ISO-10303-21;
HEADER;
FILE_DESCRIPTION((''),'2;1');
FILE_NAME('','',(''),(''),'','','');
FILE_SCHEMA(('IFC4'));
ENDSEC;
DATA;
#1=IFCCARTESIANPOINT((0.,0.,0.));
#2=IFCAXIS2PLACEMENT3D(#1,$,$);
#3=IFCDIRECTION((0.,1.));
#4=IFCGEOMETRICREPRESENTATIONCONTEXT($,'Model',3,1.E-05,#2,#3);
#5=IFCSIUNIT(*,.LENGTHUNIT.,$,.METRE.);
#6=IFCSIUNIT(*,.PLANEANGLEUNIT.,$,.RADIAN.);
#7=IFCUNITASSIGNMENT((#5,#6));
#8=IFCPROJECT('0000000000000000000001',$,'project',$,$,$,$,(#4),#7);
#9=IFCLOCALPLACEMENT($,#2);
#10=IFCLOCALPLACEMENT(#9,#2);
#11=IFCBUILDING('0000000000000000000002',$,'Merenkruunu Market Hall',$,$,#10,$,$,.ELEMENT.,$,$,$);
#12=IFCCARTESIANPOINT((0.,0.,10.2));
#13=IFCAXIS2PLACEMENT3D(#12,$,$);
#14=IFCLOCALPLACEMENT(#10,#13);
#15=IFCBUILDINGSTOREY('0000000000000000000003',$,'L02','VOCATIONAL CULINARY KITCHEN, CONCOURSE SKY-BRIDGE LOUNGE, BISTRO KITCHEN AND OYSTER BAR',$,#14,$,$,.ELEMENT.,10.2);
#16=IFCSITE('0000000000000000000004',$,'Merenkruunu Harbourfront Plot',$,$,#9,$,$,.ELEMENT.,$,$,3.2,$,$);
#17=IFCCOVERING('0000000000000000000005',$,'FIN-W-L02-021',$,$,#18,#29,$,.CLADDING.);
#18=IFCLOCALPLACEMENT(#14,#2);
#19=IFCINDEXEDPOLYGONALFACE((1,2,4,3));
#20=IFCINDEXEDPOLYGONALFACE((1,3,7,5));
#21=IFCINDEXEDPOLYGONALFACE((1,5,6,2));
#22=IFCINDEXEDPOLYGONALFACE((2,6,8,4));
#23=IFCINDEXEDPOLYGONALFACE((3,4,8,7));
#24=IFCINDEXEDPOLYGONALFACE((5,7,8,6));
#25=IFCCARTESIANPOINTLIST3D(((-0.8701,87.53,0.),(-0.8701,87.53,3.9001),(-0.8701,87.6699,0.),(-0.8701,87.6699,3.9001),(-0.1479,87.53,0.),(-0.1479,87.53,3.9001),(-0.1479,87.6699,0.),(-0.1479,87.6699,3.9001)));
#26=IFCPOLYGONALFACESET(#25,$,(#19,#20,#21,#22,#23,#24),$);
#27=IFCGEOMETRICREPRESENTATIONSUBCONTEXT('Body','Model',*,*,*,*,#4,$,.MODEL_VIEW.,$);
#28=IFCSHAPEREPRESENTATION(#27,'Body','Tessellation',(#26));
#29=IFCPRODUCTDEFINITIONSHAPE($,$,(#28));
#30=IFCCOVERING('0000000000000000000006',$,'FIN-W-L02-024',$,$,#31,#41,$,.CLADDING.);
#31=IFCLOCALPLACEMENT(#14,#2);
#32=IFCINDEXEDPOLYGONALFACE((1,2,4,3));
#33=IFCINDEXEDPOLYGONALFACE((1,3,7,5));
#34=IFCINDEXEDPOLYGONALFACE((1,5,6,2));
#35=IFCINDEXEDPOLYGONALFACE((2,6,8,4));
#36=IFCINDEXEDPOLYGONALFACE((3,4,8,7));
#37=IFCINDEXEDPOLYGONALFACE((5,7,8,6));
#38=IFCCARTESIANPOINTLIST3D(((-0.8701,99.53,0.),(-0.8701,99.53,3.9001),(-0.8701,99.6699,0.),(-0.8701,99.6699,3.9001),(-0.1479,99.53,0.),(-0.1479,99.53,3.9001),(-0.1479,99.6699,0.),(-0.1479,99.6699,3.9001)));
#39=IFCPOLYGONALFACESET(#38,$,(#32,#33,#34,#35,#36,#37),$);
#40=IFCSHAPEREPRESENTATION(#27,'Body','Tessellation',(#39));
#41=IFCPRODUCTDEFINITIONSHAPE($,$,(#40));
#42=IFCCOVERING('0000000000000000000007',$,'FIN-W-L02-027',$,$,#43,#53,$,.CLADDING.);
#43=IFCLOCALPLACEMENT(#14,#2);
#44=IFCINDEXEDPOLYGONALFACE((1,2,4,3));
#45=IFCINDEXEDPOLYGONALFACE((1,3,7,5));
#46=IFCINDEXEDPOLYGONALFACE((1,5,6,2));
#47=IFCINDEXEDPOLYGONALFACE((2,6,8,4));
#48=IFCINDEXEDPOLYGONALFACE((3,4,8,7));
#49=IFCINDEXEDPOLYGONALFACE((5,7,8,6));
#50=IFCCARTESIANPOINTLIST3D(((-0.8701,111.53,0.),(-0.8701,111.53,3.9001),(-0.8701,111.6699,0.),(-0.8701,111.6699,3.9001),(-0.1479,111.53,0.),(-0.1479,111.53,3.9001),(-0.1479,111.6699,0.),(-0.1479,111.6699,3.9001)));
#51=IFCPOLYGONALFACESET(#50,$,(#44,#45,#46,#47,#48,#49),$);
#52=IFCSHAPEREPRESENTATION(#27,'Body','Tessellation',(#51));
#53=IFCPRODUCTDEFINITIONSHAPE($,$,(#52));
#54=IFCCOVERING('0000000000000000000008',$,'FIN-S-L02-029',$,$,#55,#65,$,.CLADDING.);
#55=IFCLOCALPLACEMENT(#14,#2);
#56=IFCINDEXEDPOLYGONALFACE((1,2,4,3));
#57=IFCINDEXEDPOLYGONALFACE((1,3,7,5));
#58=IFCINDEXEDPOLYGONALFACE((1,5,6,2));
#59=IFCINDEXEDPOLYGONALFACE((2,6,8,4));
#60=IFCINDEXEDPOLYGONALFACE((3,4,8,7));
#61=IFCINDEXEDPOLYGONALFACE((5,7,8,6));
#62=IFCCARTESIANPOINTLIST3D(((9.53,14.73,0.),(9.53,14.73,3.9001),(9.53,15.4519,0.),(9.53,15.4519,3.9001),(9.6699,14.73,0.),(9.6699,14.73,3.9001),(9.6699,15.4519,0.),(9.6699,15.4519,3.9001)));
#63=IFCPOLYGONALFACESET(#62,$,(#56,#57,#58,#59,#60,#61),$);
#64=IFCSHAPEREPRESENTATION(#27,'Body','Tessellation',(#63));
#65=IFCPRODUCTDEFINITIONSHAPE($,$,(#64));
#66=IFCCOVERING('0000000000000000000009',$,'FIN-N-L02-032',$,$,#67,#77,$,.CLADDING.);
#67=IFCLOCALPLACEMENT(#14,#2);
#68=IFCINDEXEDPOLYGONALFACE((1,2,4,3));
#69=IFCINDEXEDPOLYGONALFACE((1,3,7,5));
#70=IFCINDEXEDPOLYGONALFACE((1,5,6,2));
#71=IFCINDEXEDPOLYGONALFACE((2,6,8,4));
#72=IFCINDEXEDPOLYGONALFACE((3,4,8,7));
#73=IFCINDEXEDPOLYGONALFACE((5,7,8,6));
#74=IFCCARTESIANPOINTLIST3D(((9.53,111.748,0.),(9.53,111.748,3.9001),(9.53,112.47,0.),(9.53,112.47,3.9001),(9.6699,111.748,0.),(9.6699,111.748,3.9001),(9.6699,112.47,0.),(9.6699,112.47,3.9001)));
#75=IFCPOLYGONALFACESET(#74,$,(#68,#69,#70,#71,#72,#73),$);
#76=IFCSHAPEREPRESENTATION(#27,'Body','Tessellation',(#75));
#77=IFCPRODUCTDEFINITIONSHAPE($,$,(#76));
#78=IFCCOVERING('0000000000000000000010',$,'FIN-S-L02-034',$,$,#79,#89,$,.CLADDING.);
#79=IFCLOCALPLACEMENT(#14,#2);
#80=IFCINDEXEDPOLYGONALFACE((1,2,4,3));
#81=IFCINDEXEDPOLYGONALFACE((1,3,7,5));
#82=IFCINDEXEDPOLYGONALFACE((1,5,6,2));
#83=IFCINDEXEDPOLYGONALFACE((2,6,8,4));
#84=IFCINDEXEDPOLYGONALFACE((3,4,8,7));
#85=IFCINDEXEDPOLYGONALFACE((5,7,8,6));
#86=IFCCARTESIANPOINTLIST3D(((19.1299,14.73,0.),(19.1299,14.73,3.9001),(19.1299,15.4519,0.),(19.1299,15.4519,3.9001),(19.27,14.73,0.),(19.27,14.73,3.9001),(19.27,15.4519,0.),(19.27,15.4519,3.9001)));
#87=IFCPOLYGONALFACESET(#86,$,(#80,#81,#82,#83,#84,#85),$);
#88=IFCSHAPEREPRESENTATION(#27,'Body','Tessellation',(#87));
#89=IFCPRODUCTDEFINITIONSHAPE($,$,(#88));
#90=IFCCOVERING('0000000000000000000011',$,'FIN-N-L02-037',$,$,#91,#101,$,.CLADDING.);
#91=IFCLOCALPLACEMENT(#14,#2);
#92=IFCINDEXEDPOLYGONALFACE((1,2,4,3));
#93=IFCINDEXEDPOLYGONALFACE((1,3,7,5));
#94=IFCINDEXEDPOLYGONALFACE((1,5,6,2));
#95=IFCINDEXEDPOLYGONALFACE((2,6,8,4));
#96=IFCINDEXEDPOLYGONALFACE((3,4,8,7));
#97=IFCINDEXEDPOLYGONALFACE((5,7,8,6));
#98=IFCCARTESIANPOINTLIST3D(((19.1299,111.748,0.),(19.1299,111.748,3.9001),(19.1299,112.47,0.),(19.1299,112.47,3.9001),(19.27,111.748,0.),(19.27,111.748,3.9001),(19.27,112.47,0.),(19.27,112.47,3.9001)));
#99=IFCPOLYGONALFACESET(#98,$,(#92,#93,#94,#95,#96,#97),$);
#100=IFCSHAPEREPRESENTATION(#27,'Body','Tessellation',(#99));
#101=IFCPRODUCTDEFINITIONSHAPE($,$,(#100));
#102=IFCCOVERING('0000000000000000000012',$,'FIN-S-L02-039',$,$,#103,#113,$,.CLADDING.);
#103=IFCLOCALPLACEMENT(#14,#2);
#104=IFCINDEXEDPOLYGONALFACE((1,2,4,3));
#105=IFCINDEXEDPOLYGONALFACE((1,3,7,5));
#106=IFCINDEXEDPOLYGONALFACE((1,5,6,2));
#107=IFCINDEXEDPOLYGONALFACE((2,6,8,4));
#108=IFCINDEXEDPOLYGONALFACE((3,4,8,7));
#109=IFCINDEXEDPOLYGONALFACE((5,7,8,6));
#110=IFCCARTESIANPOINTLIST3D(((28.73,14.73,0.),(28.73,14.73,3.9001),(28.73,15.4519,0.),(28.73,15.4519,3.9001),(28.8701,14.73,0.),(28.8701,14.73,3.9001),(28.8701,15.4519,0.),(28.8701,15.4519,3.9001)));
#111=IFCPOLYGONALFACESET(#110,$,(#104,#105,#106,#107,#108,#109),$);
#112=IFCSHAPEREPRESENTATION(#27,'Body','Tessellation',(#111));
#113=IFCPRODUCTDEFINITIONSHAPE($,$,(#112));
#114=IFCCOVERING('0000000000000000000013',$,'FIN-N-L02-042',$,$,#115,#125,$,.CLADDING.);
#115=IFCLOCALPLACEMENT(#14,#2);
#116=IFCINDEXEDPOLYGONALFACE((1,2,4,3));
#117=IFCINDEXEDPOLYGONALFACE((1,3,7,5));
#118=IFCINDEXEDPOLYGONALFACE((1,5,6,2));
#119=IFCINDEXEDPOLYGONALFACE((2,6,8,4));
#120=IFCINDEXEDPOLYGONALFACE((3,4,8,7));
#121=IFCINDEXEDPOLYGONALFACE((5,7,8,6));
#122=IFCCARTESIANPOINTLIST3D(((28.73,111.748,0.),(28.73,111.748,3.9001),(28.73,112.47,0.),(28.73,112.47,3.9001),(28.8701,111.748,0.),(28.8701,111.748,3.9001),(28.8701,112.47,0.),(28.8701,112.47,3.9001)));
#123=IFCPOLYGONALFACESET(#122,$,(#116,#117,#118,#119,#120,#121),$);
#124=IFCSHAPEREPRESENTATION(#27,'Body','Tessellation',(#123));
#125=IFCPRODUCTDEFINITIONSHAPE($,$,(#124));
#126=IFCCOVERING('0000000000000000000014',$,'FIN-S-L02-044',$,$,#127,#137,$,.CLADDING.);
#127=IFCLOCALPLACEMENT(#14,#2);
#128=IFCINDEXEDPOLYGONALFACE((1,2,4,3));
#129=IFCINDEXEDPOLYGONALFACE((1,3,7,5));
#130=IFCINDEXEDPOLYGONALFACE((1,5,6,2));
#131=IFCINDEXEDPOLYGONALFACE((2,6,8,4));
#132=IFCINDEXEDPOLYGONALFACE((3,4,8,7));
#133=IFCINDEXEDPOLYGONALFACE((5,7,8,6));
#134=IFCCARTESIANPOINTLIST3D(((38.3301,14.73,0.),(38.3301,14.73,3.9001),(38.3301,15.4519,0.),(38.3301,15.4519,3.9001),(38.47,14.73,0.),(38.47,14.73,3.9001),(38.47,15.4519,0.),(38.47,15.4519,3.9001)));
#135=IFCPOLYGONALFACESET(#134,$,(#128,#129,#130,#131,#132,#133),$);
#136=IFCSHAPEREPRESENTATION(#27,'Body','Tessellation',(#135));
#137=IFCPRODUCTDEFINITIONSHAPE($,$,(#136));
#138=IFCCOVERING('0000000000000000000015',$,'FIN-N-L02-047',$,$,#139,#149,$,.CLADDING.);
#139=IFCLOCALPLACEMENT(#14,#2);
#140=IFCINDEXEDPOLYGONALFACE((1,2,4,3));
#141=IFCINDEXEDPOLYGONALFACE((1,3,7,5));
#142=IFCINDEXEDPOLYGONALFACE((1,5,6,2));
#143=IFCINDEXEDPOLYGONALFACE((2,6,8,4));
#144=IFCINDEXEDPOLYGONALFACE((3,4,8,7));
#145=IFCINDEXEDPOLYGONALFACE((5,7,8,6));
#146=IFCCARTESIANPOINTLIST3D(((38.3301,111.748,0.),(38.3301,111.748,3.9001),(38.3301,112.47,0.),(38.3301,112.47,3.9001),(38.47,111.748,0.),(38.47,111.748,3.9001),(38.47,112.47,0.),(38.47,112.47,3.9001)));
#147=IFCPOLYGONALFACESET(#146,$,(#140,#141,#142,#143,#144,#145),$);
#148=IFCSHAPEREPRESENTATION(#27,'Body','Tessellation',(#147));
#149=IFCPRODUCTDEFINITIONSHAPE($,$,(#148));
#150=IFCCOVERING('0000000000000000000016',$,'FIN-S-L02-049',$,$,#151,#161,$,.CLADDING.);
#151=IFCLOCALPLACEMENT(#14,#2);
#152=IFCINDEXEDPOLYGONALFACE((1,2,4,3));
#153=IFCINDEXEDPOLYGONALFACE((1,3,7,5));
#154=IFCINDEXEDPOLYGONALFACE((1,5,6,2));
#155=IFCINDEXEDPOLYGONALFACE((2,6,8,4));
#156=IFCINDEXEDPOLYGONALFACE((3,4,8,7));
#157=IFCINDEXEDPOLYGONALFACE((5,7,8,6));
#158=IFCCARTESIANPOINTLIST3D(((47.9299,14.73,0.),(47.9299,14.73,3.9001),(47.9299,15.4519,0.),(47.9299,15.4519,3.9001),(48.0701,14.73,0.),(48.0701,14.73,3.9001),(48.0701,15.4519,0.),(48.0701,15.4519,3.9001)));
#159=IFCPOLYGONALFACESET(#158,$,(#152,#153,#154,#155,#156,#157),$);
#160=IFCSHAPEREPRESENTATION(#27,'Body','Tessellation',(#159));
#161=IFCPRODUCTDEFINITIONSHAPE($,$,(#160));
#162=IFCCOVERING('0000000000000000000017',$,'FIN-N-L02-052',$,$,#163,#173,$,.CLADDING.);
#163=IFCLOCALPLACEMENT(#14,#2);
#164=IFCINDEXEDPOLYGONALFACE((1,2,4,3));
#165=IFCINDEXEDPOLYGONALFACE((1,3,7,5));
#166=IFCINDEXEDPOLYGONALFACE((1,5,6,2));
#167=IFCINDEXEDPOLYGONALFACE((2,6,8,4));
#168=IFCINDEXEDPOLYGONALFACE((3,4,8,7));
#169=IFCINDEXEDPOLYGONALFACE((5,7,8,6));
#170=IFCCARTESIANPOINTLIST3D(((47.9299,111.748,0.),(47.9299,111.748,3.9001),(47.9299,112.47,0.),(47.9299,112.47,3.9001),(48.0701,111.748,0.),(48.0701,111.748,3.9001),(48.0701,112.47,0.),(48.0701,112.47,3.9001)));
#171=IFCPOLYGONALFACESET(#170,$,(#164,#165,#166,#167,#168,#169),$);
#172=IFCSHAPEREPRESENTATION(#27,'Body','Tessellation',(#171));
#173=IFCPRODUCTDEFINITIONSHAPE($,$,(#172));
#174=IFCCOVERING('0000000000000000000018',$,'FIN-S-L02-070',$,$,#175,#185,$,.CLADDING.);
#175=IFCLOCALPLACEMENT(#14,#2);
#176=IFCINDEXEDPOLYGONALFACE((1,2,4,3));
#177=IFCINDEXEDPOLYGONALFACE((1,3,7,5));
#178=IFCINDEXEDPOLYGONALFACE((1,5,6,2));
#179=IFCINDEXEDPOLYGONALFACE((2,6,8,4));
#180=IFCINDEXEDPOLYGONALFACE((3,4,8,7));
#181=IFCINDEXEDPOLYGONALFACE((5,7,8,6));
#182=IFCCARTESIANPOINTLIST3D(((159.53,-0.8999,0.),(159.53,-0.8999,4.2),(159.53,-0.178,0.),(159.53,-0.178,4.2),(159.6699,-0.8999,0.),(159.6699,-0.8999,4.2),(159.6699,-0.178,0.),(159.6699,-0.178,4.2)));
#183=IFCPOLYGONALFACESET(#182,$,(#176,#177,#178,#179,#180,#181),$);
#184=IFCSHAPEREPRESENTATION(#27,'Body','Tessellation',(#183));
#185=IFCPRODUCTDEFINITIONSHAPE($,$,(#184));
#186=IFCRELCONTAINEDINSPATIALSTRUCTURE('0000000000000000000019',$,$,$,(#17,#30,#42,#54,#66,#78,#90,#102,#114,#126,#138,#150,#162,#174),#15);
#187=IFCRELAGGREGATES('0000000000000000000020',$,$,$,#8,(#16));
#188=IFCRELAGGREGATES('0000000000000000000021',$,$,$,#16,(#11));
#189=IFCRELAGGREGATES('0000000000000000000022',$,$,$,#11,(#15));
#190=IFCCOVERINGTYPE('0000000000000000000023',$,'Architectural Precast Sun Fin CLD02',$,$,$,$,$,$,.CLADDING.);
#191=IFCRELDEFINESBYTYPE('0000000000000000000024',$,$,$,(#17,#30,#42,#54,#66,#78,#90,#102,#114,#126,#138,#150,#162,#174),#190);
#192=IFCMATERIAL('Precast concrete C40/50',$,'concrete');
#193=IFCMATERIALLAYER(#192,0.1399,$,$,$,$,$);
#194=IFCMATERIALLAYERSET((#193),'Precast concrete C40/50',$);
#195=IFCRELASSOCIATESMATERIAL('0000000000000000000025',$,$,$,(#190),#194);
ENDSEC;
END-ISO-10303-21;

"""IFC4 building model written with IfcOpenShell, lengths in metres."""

from ifc_helpers import new_model, si_unit, direction, frame, origin, place, context, subcontext, project, spatial, polyline, outline, extrude, material, layer, layer_set, type_object, element, save


model = new_model("IFC4")

# Units and contexts
model_context = context("Model", 3, precision=1e-05, world=origin(), true_north=direction((0.0, 1.0)))
body_context = subcontext(model_context, "Body", "Model", "MODEL_VIEW")
ifc_project = project(units=[si_unit("LENGTHUNIT", "METRE"), si_unit("PLANEANGLEUNIT", "RADIAN")], contexts=[model_context])

# Site, building, storey
site_placement = place(None, origin())
site = spatial("IfcSite", under=ifc_project, at=site_placement, Name="Merenkruunu Harbourfront Plot", CompositionType="ELEMENT", RefElevation=3.2)
building_placement = place(site_placement, origin())
building = spatial("IfcBuilding", under=site, at=building_placement, Name="Merenkruunu Market Hall", CompositionType="ELEMENT")
storey_placement = place(building_placement, frame((0.0, 0.0, 10.2)))
storey = spatial("IfcBuildingStorey", under=building, at=storey_placement, Name="L02", Description="VOCATIONAL CULINARY KITCHEN, CONCOURSE SKY-BRIDGE LOUNGE, BISTRO KITCHEN AND OYSTER BAR", CompositionType="ELEMENT", Elevation=10.2)

# Shared definitions
ifc_material_1 = material(Name="Precast concrete C40/50", Category="concrete")

# Coverings
ifc_layer_1 = layer(ifc_material_1, 0.1399)
ifc_layer_set_1 = layer_set([ifc_layer_1], Name="Precast concrete C40/50")
covering_type = type_object("IfcCoveringType", Name="Architectural Precast Sun Fin CLD02", PredefinedType="CLADDING", material=ifc_layer_set_1)
covering_1_placement = place(storey_placement, origin())
element("IfcCovering", 1, at=covering_1_placement, inside=storey, type_object=covering_type, Name="FIN-W-L02-021", PredefinedType="CLADDING", context=body_context, shape_type="SweptSolid", body=[
    extrude(outline(polyline([(-0.8701, 87.53), (-0.1479, 87.53), (-0.1479, 87.6699), (-0.8701, 87.6699), (-0.8701, 87.53)])), origin(), (0.0, 0.0, 1.0), 3.9001),
])
covering_2_placement = place(storey_placement, origin())
element("IfcCovering", 2, at=covering_2_placement, inside=storey, type_object=covering_type, Name="FIN-W-L02-024", PredefinedType="CLADDING", context=body_context, shape_type="SweptSolid", body=[
    extrude(outline(polyline([(-0.8701, 99.53), (-0.1479, 99.53), (-0.1479, 99.6699), (-0.8701, 99.6699), (-0.8701, 99.53)])), origin(), (0.0, 0.0, 1.0), 3.9001),
])
covering_3_placement = place(storey_placement, origin())
element("IfcCovering", 3, at=covering_3_placement, inside=storey, type_object=covering_type, Name="FIN-W-L02-027", PredefinedType="CLADDING", context=body_context, shape_type="SweptSolid", body=[
    extrude(outline(polyline([(-0.8701, 111.53), (-0.1479, 111.53), (-0.1479, 111.6699), (-0.8701, 111.6699), (-0.8701, 111.53)])), origin(), (0.0, 0.0, 1.0), 3.9001),
])
covering_4_placement = place(storey_placement, origin())
element("IfcCovering", 4, at=covering_4_placement, inside=storey, type_object=covering_type, Name="FIN-S-L02-029", PredefinedType="CLADDING", context=body_context, shape_type="SweptSolid", body=[
    extrude(outline(polyline([(9.53, 14.73), (9.6699, 14.73), (9.6699, 15.4519), (9.53, 15.4519), (9.53, 14.73)])), origin(), (0.0, 0.0, 1.0), 3.9001),
])
covering_5_placement = place(storey_placement, origin())
element("IfcCovering", 5, at=covering_5_placement, inside=storey, type_object=covering_type, Name="FIN-N-L02-032", PredefinedType="CLADDING", context=body_context, shape_type="SweptSolid", body=[
    extrude(outline(polyline([(9.53, 111.748), (9.6699, 111.748), (9.6699, 112.47), (9.53, 112.47), (9.53, 111.748)])), origin(), (0.0, 0.0, 1.0), 3.9001),
])
covering_6_placement = place(storey_placement, origin())
element("IfcCovering", 6, at=covering_6_placement, inside=storey, type_object=covering_type, Name="FIN-S-L02-034", PredefinedType="CLADDING", context=body_context, shape_type="SweptSolid", body=[
    extrude(outline(polyline([(19.1299, 14.73), (19.27, 14.73), (19.27, 15.4519), (19.1299, 15.4519), (19.1299, 14.73)])), origin(), (0.0, 0.0, 1.0), 3.9001),
])
covering_7_placement = place(storey_placement, origin())
element("IfcCovering", 7, at=covering_7_placement, inside=storey, type_object=covering_type, Name="FIN-N-L02-037", PredefinedType="CLADDING", context=body_context, shape_type="SweptSolid", body=[
    extrude(outline(polyline([(19.1299, 111.748), (19.27, 111.748), (19.27, 112.47), (19.1299, 112.47), (19.1299, 111.748)])), origin(), (0.0, 0.0, 1.0), 3.9001),
])
covering_8_placement = place(storey_placement, origin())
element("IfcCovering", 8, at=covering_8_placement, inside=storey, type_object=covering_type, Name="FIN-S-L02-039", PredefinedType="CLADDING", context=body_context, shape_type="SweptSolid", body=[
    extrude(outline(polyline([(28.73, 14.73), (28.8701, 14.73), (28.8701, 15.4519), (28.73, 15.4519), (28.73, 14.73)])), origin(), (0.0, 0.0, 1.0), 3.9001),
])
covering_9_placement = place(storey_placement, origin())
element("IfcCovering", 9, at=covering_9_placement, inside=storey, type_object=covering_type, Name="FIN-N-L02-042", PredefinedType="CLADDING", context=body_context, shape_type="SweptSolid", body=[
    extrude(outline(polyline([(28.73, 111.748), (28.8701, 111.748), (28.8701, 112.47), (28.73, 112.47), (28.73, 111.748)])), origin(), (0.0, 0.0, 1.0), 3.9001),
])
covering_10_placement = place(storey_placement, origin())
element("IfcCovering", 10, at=covering_10_placement, inside=storey, type_object=covering_type, Name="FIN-S-L02-044", PredefinedType="CLADDING", context=body_context, shape_type="SweptSolid", body=[
    extrude(outline(polyline([(38.3301, 14.73), (38.47, 14.73), (38.47, 15.4519), (38.3301, 15.4519), (38.3301, 14.73)])), origin(), (0.0, 0.0, 1.0), 3.9001),
])
covering_11_placement = place(storey_placement, origin())
element("IfcCovering", 11, at=covering_11_placement, inside=storey, type_object=covering_type, Name="FIN-N-L02-047", PredefinedType="CLADDING", context=body_context, shape_type="SweptSolid", body=[
    extrude(outline(polyline([(38.3301, 111.748), (38.47, 111.748), (38.47, 112.47), (38.3301, 112.47), (38.3301, 111.748)])), origin(), (0.0, 0.0, 1.0), 3.9001),
])
covering_12_placement = place(storey_placement, origin())
element("IfcCovering", 12, at=covering_12_placement, inside=storey, type_object=covering_type, Name="FIN-S-L02-049", PredefinedType="CLADDING", context=body_context, shape_type="SweptSolid", body=[
    extrude(outline(polyline([(47.9299, 14.73), (48.0701, 14.73), (48.0701, 15.4519), (47.9299, 15.4519), (47.9299, 14.73)])), origin(), (0.0, 0.0, 1.0), 3.9001),
])
covering_13_placement = place(storey_placement, origin())
element("IfcCovering", 13, at=covering_13_placement, inside=storey, type_object=covering_type, Name="FIN-N-L02-052", PredefinedType="CLADDING", context=body_context, shape_type="SweptSolid", body=[
    extrude(outline(polyline([(47.9299, 111.748), (48.0701, 111.748), (48.0701, 112.47), (47.9299, 112.47), (47.9299, 111.748)])), origin(), (0.0, 0.0, 1.0), 3.9001),
])
covering_14_placement = place(storey_placement, origin())
element("IfcCovering", 14, at=covering_14_placement, inside=storey, type_object=covering_type, Name="FIN-S-L02-070", PredefinedType="CLADDING", context=body_context, shape_type="SweptSolid", body=[
    extrude(outline(polyline([(159.53, -0.8999), (159.6699, -0.8999), (159.6699, -0.178), (159.53, -0.178), (159.53, -0.8999)])), origin(), (0.0, 0.0, 1.0), 4.2),
])

save(model, "model.ifc")
